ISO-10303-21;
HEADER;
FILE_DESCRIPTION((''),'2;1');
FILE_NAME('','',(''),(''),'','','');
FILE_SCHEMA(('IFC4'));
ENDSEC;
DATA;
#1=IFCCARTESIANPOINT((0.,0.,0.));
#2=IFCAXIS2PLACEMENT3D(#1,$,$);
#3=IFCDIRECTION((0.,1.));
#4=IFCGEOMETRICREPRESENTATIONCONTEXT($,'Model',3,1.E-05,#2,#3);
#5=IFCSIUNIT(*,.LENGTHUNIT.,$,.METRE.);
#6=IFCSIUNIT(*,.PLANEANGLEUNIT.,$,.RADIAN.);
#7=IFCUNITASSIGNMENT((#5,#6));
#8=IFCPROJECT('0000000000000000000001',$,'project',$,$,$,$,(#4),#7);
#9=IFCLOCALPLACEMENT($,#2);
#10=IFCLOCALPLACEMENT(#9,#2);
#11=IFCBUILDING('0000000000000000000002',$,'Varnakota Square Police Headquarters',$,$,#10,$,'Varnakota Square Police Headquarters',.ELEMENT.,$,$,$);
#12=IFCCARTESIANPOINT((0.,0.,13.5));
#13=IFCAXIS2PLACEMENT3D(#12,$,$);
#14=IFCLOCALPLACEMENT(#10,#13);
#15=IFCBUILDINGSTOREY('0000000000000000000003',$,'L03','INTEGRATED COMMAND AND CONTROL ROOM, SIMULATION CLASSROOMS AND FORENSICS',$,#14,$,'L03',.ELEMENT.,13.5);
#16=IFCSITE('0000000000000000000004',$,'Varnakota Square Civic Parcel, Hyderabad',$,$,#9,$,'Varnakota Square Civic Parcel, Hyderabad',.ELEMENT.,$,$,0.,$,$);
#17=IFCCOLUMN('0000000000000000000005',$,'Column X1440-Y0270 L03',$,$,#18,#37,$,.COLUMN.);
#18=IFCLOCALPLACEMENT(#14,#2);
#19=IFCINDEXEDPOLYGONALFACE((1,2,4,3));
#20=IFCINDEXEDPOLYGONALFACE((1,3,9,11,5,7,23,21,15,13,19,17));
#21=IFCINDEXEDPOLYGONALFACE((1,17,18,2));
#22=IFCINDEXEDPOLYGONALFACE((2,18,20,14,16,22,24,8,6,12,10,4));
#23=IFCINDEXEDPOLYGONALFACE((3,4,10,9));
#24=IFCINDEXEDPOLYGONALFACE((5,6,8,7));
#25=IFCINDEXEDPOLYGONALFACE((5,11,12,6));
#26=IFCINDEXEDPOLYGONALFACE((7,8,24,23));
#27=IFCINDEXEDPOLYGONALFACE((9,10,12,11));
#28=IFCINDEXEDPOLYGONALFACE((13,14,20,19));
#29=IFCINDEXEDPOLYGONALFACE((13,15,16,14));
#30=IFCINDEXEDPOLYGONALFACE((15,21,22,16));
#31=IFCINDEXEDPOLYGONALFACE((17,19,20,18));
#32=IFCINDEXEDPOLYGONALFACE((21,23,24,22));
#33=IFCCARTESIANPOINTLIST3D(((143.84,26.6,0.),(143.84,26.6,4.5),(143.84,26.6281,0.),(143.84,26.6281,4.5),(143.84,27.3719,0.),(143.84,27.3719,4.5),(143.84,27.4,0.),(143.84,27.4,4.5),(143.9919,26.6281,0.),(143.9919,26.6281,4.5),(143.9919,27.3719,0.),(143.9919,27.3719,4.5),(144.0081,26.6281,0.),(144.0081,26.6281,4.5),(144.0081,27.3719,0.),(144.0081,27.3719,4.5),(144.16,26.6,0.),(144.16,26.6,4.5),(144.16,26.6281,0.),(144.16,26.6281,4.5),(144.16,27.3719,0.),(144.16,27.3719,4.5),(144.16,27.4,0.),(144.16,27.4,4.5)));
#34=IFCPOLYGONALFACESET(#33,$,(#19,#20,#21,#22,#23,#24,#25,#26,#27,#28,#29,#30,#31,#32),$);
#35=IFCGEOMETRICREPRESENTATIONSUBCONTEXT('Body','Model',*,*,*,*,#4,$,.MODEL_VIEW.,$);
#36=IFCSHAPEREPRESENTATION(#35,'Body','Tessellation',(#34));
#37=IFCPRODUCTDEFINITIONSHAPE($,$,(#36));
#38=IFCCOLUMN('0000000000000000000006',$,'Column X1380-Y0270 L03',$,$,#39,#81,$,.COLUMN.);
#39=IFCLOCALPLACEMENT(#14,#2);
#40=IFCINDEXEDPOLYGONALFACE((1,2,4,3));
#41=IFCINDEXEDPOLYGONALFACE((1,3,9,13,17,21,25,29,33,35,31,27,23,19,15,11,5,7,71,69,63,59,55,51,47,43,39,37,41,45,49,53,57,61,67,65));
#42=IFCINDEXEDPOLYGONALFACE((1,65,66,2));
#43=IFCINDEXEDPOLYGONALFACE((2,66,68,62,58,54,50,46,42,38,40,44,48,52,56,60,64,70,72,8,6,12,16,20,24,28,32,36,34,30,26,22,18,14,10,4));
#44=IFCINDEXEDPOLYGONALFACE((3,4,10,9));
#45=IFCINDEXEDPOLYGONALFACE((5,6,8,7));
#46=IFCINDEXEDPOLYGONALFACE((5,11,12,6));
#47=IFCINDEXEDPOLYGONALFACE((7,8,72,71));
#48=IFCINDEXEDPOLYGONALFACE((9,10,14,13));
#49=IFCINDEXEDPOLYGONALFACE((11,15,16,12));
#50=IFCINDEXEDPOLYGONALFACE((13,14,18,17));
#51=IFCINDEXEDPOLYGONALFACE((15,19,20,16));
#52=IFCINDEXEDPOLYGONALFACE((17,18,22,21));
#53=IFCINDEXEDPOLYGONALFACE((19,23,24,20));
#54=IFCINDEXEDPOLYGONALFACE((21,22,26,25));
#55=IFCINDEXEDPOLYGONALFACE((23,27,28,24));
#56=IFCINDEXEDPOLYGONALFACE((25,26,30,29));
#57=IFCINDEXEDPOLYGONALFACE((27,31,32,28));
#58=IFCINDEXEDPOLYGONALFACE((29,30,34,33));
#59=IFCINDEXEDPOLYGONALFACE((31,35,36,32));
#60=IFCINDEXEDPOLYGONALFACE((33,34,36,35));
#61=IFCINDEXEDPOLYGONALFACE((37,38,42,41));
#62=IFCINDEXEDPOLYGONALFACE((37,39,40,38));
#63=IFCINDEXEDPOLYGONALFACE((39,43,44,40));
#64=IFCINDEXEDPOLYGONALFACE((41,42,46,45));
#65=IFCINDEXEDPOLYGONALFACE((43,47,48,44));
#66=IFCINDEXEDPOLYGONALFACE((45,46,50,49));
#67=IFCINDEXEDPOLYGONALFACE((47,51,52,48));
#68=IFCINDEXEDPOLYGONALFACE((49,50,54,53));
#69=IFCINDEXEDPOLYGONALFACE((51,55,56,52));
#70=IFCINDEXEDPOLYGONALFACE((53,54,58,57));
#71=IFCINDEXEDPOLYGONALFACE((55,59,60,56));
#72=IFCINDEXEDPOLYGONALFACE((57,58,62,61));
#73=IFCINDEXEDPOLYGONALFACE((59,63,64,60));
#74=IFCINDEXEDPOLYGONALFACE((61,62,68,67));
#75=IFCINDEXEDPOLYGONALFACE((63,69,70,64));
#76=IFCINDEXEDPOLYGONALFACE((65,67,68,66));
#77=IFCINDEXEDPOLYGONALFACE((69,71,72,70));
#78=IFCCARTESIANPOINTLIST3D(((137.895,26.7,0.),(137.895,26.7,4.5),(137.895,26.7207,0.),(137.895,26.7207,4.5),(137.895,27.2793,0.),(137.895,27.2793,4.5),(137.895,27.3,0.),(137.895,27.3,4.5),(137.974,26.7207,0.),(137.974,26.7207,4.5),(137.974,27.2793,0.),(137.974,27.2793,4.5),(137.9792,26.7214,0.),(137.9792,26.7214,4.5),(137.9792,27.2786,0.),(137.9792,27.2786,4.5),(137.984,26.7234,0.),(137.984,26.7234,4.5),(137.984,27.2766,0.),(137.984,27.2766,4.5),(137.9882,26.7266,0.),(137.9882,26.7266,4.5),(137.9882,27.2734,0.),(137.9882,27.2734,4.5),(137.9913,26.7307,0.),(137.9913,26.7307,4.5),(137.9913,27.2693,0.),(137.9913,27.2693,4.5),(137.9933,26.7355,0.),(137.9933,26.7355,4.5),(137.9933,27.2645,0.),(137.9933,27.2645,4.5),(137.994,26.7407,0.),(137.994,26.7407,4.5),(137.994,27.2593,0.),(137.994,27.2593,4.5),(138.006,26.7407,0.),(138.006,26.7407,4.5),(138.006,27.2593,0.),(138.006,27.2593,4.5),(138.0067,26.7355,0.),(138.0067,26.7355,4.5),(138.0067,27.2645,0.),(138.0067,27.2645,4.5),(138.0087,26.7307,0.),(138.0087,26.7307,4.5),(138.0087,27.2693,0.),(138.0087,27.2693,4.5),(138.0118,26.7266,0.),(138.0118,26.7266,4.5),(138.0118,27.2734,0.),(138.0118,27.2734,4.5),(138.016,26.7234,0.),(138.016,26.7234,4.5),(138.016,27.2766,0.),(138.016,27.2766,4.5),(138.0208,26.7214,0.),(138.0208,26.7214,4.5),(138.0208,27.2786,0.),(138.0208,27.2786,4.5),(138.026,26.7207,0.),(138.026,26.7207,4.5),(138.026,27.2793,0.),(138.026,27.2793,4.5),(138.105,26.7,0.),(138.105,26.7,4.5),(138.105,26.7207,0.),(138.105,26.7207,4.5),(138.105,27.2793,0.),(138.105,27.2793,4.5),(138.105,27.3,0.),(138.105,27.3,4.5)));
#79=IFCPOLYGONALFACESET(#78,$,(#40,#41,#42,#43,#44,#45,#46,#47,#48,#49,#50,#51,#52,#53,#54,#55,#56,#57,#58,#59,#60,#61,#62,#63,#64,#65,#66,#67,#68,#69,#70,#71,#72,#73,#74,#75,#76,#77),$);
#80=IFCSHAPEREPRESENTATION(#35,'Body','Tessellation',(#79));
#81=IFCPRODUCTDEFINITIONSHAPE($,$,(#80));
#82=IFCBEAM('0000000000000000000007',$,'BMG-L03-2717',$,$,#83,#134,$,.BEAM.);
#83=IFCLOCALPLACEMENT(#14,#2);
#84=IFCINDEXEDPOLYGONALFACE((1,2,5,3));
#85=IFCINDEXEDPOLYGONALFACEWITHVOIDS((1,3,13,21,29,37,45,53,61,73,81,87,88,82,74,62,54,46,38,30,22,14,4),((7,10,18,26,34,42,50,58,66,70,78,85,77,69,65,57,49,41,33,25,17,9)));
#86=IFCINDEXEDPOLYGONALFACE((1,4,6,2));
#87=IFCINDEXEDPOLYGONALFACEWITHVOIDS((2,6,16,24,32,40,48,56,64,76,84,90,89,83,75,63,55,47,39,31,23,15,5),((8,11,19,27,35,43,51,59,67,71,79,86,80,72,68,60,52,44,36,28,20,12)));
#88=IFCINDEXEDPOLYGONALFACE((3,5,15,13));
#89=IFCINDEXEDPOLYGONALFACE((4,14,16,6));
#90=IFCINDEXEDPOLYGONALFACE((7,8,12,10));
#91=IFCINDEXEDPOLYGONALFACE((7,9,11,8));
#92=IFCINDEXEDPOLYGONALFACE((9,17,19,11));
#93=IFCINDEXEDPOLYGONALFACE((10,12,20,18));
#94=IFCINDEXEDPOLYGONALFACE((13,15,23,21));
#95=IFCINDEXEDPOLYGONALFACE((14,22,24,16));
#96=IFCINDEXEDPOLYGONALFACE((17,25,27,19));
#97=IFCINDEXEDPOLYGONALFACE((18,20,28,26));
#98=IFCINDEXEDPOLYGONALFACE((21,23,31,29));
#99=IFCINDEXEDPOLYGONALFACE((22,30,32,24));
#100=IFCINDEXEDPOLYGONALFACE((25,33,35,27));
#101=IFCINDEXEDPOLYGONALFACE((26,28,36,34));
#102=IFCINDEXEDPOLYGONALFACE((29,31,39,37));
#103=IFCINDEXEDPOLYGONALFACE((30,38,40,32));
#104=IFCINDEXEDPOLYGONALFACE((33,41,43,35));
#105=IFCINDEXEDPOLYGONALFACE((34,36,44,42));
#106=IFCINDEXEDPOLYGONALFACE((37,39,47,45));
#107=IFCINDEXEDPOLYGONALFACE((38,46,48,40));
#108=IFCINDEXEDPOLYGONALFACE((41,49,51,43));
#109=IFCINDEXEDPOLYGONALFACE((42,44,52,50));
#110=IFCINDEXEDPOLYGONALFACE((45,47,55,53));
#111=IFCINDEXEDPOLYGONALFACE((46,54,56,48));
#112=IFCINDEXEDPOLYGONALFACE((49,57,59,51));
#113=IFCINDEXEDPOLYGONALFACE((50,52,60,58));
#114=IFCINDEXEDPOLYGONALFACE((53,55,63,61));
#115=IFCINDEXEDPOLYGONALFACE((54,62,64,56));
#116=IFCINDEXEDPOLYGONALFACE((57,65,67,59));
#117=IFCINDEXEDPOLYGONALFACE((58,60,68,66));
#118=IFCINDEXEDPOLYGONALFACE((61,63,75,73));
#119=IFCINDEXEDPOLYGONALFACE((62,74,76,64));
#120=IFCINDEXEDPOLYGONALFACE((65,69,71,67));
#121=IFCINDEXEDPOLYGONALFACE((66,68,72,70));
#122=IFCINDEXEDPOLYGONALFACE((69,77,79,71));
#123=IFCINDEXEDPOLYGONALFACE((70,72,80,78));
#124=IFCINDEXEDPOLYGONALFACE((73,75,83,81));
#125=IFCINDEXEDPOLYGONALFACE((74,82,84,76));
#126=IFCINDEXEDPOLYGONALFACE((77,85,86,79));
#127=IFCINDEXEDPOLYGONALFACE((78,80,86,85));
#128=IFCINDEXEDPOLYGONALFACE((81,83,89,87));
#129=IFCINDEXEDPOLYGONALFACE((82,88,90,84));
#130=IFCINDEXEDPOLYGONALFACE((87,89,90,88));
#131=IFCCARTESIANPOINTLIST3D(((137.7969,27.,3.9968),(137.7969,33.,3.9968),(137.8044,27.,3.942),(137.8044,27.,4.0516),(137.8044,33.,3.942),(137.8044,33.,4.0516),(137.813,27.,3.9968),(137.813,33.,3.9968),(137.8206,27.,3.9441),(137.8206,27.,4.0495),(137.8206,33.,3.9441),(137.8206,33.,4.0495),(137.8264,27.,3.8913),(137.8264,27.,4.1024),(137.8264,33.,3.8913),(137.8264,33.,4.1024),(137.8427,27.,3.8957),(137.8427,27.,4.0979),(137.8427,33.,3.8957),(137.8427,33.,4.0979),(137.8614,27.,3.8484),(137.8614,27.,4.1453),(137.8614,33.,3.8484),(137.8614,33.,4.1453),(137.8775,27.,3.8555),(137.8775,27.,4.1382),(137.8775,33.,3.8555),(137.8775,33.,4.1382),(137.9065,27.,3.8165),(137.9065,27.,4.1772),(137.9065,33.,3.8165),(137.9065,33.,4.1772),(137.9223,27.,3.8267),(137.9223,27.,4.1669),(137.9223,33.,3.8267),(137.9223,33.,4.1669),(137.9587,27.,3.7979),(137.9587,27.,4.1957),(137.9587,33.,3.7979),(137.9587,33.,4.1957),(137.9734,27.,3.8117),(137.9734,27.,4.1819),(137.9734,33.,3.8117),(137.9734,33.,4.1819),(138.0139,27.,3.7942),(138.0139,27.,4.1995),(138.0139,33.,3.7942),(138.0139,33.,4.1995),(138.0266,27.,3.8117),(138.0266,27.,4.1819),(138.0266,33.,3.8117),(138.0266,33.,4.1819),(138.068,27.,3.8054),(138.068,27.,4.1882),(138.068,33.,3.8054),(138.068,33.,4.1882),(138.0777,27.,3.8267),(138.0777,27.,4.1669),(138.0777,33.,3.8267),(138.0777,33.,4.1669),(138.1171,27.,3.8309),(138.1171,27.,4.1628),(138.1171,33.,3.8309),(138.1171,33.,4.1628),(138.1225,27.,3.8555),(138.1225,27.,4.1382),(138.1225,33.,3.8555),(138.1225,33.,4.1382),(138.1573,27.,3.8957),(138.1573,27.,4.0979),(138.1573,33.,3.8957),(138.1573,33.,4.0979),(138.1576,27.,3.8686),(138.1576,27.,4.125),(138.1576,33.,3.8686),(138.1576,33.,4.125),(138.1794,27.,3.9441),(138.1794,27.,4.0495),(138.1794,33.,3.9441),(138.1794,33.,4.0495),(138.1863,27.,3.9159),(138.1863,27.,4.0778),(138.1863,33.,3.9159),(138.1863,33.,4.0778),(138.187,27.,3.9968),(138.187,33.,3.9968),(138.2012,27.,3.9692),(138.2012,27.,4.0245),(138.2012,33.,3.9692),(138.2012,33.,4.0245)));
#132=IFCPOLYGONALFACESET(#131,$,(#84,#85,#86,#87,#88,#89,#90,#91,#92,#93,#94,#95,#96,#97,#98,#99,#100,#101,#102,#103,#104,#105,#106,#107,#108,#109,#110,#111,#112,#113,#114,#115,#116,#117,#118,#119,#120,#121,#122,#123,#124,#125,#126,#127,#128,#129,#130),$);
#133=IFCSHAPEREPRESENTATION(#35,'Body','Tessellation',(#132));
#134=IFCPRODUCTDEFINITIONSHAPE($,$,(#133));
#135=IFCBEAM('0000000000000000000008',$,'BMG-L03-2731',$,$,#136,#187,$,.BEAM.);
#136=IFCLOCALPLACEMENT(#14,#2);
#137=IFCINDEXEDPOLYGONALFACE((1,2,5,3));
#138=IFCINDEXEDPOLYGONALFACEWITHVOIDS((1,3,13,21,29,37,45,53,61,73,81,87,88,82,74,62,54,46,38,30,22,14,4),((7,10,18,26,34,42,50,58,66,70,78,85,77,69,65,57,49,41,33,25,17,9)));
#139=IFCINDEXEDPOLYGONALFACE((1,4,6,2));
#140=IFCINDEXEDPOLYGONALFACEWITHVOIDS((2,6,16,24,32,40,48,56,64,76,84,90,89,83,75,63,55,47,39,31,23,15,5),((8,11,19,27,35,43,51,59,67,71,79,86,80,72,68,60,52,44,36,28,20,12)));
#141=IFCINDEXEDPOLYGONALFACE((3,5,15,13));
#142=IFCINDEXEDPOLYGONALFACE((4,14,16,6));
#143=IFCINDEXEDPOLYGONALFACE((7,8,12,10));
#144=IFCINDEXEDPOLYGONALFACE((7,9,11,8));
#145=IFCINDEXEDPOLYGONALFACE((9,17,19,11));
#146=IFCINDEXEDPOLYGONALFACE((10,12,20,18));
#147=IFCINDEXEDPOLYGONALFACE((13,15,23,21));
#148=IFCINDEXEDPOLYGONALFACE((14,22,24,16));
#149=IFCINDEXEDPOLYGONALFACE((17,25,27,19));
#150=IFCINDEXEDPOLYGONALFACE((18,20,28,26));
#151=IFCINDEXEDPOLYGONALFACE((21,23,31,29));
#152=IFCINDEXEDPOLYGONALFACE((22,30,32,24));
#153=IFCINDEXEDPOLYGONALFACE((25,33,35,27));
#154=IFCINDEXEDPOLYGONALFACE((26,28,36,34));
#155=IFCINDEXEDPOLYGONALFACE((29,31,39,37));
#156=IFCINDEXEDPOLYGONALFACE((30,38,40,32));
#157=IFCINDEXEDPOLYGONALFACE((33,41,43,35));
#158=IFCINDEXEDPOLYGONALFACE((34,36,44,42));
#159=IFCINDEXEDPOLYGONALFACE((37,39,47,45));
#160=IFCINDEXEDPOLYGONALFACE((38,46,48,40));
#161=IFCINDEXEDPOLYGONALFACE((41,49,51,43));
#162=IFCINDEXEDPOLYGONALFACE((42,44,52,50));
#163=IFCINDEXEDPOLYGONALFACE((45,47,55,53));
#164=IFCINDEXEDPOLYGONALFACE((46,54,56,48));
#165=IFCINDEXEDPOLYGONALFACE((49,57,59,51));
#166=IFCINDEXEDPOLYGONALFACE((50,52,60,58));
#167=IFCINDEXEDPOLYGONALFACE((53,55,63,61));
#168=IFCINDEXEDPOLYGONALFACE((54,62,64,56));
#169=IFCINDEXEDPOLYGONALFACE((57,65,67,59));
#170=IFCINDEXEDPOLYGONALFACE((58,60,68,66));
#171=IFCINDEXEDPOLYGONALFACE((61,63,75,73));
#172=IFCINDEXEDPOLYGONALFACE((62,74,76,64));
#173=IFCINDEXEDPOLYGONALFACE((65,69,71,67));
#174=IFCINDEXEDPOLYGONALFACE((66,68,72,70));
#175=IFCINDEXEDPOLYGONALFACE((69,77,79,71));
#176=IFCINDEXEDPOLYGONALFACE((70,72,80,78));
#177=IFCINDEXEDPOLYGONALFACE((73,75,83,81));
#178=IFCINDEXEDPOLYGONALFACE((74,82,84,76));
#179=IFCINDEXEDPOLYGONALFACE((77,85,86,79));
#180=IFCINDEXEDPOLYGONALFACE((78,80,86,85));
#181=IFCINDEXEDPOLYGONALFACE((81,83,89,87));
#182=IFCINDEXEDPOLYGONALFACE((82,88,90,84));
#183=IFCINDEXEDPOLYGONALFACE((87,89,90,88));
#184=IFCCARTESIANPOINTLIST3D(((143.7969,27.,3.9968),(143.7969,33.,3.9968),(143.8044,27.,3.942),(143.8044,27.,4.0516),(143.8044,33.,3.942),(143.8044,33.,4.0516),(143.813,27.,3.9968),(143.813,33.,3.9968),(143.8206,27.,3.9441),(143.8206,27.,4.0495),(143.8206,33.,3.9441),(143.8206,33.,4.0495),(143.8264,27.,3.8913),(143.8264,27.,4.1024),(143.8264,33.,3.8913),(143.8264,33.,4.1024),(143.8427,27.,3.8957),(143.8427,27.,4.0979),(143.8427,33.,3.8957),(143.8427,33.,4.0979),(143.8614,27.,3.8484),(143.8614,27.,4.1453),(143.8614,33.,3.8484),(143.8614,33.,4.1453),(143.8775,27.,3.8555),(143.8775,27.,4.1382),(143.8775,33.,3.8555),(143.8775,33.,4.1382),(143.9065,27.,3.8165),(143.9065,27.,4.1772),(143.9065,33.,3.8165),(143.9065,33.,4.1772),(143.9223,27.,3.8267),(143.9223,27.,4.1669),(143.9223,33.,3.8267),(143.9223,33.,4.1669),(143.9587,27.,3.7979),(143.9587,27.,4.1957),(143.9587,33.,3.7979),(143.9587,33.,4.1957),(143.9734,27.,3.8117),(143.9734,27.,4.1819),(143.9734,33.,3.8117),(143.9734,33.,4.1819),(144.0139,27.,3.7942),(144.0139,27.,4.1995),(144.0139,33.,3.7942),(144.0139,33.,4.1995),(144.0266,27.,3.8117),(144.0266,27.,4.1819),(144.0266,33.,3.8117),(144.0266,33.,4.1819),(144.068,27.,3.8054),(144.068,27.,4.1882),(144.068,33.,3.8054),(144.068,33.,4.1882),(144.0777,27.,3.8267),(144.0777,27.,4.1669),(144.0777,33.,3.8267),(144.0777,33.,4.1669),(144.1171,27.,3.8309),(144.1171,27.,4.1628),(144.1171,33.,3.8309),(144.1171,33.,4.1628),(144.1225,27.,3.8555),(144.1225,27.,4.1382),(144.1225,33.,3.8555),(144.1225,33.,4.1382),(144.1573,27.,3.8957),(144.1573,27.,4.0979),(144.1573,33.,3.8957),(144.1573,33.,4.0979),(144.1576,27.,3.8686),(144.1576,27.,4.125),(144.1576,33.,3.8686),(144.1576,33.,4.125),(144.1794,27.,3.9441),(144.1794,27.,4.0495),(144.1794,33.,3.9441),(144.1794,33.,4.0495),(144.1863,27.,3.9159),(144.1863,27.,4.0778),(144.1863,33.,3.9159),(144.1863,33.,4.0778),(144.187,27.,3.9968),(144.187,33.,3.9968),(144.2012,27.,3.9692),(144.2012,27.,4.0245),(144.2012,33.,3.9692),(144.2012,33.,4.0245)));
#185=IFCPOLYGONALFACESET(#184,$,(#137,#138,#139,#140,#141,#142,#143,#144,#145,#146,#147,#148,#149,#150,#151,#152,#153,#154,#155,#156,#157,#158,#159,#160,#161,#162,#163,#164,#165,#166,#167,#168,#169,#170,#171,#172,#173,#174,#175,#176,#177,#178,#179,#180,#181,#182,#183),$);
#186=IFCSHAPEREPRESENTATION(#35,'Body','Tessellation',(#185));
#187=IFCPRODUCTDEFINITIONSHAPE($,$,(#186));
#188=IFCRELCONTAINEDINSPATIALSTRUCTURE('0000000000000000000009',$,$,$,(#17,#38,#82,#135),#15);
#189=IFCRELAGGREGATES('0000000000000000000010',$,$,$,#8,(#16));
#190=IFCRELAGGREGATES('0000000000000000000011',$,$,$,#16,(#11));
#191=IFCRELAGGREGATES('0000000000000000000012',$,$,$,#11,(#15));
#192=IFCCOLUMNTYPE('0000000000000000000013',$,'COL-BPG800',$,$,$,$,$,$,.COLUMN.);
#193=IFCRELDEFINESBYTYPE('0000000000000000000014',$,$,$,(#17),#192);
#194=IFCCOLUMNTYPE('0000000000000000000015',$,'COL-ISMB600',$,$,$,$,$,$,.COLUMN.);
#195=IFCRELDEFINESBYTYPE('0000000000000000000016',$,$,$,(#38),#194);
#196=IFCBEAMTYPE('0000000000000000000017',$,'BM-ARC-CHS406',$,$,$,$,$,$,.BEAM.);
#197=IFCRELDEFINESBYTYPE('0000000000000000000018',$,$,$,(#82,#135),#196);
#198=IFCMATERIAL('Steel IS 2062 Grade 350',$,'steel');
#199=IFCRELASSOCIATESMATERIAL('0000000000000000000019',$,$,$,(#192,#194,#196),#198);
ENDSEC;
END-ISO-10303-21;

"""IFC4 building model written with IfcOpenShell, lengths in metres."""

from ifc_helpers import new_model, si_unit, direction, frame, origin, origin_2d, place, context, subcontext, project, spatial, hollow_circle, i_section, extrude, material, material_profile, profile_set, type_object, element, save


model = new_model("IFC4")

# Units and contexts
model_context = context("Model", 3, precision=1e-05, world=origin(), true_north=direction((0.0, 1.0)))
body_context = subcontext(model_context, "Body", "Model", "MODEL_VIEW")
ifc_project = project(units=[si_unit("LENGTHUNIT", "METRE"), si_unit("PLANEANGLEUNIT", "RADIAN")], contexts=[model_context])

# Site, building, storey
site_placement = place(None, origin())
site = spatial("IfcSite", under=ifc_project, at=site_placement, Name="Varnakota Square Civic Parcel, Hyderabad", LongName="Varnakota Square Civic Parcel, Hyderabad", CompositionType="ELEMENT", RefElevation=0.0)
building_placement = place(site_placement, origin())
building = spatial("IfcBuilding", under=site, at=building_placement, Name="Varnakota Square Police Headquarters", LongName="Varnakota Square Police Headquarters", CompositionType="ELEMENT")
storey_placement = place(building_placement, frame((0.0, 0.0, 13.5)))
storey = spatial("IfcBuildingStorey", under=building, at=storey_placement, Name="L03", Description="INTEGRATED COMMAND AND CONTROL ROOM, SIMULATION CLASSROOMS AND FORENSICS", LongName="L03", CompositionType="ELEMENT", Elevation=13.5)

# Columns
ifc_material_1 = material(Name="Steel IS 2062 Grade 350", Category="steel")
ifc_material_profile_1 = material_profile(ifc_material_1, i_section(OverallWidth=0.3201, OverallDepth=0.8, WebThickness=0.0161, FlangeThickness=0.0281, at=origin_2d()), Name="BPG 800x320")
ifc_profile_set_1 = profile_set([ifc_material_profile_1], Name="Steel IS 2062 Grade 350")
column_type_1 = type_object("IfcColumnType", Name="COL-BPG800", PredefinedType="COLUMN", material=ifc_profile_set_1)
column_1_placement = place(storey_placement, frame((144.0, 27.0, 0.0), z_axis=(0.0, 0.0, 1.0), x_axis=(1.0, 0.0, 0.0)))
element("IfcColumn", 1, at=column_1_placement, inside=storey, type_object=column_type_1, Name="Column X1440-Y0270 L03", PredefinedType="COLUMN", context=body_context, shape_type="SweptSolid", body=[
    extrude(i_section(OverallWidth=0.3201, OverallDepth=0.8, WebThickness=0.0161, FlangeThickness=0.0281, at=origin_2d()), origin(), (0.0, 0.0, 1.0), 4.5),
])
ifc_material_profile_2 = material_profile(ifc_material_1, i_section(OverallWidth=0.21, OverallDepth=0.6001, WebThickness=0.012, FlangeThickness=0.0208, FilletRadius=0.02, at=origin_2d()), Name="ISMB 600")
ifc_profile_set_2 = profile_set([ifc_material_profile_2], Name="Steel IS 2062 Grade 350")
column_type_2 = type_object("IfcColumnType", Name="COL-ISMB600", PredefinedType="COLUMN", material=ifc_profile_set_2)
column_2_placement = place(storey_placement, frame((138.0, 27.0, 0.0), z_axis=(0.0, 0.0, 1.0), x_axis=(1.0, 0.0, 0.0)))
element("IfcColumn", 2, at=column_2_placement, inside=storey, type_object=column_type_2, Name="Column X1380-Y0270 L03", PredefinedType="COLUMN", context=body_context, shape_type="SweptSolid", body=[
    extrude(i_section(OverallWidth=0.21, OverallDepth=0.6001, WebThickness=0.012, FlangeThickness=0.0208, FilletRadius=0.02, at=origin_2d()), origin(), (0.0, 0.0, 1.0), 4.5),
])

# Beams
ifc_material_profile_3 = material_profile(ifc_material_1, hollow_circle(Radius=0.2031, WallThickness=0.0161, at=origin_2d()), Name="CHS 406.4x16.0")
ifc_profile_set_3 = profile_set([ifc_material_profile_3], Name="Steel IS 2062 Grade 350")
beam_type_1 = type_object("IfcBeamType", Name="BM-ARC-CHS406", PredefinedType="BEAM", material=ifc_profile_set_3)
for number, where, z_axis, x_axis, name in (
    (3, (138.0, 27.0, 3.9968), (0.0, 1.0, 0.0), (-1.0, 0.0, 0.0), "BMG-L03-2717"),
    (4, (144.0, 27.0, 3.9968), (0.0, 1.0, 0.0), (-1.0, 0.0, 0.0), "BMG-L03-2731"),
):
    element("IfcBeam", number, at=place(storey_placement, frame(where, z_axis=z_axis, x_axis=x_axis)), inside=storey, type_object=beam_type_1, Name=name, PredefinedType="BEAM", context=body_context, shape_type="SweptSolid", body=[
        extrude(hollow_circle(Radius=0.2031, WallThickness=0.0161, at=origin_2d()), origin(), (0.0, 0.0, 1.0), 6.0),
    ])

save(model, "model.ifc")
